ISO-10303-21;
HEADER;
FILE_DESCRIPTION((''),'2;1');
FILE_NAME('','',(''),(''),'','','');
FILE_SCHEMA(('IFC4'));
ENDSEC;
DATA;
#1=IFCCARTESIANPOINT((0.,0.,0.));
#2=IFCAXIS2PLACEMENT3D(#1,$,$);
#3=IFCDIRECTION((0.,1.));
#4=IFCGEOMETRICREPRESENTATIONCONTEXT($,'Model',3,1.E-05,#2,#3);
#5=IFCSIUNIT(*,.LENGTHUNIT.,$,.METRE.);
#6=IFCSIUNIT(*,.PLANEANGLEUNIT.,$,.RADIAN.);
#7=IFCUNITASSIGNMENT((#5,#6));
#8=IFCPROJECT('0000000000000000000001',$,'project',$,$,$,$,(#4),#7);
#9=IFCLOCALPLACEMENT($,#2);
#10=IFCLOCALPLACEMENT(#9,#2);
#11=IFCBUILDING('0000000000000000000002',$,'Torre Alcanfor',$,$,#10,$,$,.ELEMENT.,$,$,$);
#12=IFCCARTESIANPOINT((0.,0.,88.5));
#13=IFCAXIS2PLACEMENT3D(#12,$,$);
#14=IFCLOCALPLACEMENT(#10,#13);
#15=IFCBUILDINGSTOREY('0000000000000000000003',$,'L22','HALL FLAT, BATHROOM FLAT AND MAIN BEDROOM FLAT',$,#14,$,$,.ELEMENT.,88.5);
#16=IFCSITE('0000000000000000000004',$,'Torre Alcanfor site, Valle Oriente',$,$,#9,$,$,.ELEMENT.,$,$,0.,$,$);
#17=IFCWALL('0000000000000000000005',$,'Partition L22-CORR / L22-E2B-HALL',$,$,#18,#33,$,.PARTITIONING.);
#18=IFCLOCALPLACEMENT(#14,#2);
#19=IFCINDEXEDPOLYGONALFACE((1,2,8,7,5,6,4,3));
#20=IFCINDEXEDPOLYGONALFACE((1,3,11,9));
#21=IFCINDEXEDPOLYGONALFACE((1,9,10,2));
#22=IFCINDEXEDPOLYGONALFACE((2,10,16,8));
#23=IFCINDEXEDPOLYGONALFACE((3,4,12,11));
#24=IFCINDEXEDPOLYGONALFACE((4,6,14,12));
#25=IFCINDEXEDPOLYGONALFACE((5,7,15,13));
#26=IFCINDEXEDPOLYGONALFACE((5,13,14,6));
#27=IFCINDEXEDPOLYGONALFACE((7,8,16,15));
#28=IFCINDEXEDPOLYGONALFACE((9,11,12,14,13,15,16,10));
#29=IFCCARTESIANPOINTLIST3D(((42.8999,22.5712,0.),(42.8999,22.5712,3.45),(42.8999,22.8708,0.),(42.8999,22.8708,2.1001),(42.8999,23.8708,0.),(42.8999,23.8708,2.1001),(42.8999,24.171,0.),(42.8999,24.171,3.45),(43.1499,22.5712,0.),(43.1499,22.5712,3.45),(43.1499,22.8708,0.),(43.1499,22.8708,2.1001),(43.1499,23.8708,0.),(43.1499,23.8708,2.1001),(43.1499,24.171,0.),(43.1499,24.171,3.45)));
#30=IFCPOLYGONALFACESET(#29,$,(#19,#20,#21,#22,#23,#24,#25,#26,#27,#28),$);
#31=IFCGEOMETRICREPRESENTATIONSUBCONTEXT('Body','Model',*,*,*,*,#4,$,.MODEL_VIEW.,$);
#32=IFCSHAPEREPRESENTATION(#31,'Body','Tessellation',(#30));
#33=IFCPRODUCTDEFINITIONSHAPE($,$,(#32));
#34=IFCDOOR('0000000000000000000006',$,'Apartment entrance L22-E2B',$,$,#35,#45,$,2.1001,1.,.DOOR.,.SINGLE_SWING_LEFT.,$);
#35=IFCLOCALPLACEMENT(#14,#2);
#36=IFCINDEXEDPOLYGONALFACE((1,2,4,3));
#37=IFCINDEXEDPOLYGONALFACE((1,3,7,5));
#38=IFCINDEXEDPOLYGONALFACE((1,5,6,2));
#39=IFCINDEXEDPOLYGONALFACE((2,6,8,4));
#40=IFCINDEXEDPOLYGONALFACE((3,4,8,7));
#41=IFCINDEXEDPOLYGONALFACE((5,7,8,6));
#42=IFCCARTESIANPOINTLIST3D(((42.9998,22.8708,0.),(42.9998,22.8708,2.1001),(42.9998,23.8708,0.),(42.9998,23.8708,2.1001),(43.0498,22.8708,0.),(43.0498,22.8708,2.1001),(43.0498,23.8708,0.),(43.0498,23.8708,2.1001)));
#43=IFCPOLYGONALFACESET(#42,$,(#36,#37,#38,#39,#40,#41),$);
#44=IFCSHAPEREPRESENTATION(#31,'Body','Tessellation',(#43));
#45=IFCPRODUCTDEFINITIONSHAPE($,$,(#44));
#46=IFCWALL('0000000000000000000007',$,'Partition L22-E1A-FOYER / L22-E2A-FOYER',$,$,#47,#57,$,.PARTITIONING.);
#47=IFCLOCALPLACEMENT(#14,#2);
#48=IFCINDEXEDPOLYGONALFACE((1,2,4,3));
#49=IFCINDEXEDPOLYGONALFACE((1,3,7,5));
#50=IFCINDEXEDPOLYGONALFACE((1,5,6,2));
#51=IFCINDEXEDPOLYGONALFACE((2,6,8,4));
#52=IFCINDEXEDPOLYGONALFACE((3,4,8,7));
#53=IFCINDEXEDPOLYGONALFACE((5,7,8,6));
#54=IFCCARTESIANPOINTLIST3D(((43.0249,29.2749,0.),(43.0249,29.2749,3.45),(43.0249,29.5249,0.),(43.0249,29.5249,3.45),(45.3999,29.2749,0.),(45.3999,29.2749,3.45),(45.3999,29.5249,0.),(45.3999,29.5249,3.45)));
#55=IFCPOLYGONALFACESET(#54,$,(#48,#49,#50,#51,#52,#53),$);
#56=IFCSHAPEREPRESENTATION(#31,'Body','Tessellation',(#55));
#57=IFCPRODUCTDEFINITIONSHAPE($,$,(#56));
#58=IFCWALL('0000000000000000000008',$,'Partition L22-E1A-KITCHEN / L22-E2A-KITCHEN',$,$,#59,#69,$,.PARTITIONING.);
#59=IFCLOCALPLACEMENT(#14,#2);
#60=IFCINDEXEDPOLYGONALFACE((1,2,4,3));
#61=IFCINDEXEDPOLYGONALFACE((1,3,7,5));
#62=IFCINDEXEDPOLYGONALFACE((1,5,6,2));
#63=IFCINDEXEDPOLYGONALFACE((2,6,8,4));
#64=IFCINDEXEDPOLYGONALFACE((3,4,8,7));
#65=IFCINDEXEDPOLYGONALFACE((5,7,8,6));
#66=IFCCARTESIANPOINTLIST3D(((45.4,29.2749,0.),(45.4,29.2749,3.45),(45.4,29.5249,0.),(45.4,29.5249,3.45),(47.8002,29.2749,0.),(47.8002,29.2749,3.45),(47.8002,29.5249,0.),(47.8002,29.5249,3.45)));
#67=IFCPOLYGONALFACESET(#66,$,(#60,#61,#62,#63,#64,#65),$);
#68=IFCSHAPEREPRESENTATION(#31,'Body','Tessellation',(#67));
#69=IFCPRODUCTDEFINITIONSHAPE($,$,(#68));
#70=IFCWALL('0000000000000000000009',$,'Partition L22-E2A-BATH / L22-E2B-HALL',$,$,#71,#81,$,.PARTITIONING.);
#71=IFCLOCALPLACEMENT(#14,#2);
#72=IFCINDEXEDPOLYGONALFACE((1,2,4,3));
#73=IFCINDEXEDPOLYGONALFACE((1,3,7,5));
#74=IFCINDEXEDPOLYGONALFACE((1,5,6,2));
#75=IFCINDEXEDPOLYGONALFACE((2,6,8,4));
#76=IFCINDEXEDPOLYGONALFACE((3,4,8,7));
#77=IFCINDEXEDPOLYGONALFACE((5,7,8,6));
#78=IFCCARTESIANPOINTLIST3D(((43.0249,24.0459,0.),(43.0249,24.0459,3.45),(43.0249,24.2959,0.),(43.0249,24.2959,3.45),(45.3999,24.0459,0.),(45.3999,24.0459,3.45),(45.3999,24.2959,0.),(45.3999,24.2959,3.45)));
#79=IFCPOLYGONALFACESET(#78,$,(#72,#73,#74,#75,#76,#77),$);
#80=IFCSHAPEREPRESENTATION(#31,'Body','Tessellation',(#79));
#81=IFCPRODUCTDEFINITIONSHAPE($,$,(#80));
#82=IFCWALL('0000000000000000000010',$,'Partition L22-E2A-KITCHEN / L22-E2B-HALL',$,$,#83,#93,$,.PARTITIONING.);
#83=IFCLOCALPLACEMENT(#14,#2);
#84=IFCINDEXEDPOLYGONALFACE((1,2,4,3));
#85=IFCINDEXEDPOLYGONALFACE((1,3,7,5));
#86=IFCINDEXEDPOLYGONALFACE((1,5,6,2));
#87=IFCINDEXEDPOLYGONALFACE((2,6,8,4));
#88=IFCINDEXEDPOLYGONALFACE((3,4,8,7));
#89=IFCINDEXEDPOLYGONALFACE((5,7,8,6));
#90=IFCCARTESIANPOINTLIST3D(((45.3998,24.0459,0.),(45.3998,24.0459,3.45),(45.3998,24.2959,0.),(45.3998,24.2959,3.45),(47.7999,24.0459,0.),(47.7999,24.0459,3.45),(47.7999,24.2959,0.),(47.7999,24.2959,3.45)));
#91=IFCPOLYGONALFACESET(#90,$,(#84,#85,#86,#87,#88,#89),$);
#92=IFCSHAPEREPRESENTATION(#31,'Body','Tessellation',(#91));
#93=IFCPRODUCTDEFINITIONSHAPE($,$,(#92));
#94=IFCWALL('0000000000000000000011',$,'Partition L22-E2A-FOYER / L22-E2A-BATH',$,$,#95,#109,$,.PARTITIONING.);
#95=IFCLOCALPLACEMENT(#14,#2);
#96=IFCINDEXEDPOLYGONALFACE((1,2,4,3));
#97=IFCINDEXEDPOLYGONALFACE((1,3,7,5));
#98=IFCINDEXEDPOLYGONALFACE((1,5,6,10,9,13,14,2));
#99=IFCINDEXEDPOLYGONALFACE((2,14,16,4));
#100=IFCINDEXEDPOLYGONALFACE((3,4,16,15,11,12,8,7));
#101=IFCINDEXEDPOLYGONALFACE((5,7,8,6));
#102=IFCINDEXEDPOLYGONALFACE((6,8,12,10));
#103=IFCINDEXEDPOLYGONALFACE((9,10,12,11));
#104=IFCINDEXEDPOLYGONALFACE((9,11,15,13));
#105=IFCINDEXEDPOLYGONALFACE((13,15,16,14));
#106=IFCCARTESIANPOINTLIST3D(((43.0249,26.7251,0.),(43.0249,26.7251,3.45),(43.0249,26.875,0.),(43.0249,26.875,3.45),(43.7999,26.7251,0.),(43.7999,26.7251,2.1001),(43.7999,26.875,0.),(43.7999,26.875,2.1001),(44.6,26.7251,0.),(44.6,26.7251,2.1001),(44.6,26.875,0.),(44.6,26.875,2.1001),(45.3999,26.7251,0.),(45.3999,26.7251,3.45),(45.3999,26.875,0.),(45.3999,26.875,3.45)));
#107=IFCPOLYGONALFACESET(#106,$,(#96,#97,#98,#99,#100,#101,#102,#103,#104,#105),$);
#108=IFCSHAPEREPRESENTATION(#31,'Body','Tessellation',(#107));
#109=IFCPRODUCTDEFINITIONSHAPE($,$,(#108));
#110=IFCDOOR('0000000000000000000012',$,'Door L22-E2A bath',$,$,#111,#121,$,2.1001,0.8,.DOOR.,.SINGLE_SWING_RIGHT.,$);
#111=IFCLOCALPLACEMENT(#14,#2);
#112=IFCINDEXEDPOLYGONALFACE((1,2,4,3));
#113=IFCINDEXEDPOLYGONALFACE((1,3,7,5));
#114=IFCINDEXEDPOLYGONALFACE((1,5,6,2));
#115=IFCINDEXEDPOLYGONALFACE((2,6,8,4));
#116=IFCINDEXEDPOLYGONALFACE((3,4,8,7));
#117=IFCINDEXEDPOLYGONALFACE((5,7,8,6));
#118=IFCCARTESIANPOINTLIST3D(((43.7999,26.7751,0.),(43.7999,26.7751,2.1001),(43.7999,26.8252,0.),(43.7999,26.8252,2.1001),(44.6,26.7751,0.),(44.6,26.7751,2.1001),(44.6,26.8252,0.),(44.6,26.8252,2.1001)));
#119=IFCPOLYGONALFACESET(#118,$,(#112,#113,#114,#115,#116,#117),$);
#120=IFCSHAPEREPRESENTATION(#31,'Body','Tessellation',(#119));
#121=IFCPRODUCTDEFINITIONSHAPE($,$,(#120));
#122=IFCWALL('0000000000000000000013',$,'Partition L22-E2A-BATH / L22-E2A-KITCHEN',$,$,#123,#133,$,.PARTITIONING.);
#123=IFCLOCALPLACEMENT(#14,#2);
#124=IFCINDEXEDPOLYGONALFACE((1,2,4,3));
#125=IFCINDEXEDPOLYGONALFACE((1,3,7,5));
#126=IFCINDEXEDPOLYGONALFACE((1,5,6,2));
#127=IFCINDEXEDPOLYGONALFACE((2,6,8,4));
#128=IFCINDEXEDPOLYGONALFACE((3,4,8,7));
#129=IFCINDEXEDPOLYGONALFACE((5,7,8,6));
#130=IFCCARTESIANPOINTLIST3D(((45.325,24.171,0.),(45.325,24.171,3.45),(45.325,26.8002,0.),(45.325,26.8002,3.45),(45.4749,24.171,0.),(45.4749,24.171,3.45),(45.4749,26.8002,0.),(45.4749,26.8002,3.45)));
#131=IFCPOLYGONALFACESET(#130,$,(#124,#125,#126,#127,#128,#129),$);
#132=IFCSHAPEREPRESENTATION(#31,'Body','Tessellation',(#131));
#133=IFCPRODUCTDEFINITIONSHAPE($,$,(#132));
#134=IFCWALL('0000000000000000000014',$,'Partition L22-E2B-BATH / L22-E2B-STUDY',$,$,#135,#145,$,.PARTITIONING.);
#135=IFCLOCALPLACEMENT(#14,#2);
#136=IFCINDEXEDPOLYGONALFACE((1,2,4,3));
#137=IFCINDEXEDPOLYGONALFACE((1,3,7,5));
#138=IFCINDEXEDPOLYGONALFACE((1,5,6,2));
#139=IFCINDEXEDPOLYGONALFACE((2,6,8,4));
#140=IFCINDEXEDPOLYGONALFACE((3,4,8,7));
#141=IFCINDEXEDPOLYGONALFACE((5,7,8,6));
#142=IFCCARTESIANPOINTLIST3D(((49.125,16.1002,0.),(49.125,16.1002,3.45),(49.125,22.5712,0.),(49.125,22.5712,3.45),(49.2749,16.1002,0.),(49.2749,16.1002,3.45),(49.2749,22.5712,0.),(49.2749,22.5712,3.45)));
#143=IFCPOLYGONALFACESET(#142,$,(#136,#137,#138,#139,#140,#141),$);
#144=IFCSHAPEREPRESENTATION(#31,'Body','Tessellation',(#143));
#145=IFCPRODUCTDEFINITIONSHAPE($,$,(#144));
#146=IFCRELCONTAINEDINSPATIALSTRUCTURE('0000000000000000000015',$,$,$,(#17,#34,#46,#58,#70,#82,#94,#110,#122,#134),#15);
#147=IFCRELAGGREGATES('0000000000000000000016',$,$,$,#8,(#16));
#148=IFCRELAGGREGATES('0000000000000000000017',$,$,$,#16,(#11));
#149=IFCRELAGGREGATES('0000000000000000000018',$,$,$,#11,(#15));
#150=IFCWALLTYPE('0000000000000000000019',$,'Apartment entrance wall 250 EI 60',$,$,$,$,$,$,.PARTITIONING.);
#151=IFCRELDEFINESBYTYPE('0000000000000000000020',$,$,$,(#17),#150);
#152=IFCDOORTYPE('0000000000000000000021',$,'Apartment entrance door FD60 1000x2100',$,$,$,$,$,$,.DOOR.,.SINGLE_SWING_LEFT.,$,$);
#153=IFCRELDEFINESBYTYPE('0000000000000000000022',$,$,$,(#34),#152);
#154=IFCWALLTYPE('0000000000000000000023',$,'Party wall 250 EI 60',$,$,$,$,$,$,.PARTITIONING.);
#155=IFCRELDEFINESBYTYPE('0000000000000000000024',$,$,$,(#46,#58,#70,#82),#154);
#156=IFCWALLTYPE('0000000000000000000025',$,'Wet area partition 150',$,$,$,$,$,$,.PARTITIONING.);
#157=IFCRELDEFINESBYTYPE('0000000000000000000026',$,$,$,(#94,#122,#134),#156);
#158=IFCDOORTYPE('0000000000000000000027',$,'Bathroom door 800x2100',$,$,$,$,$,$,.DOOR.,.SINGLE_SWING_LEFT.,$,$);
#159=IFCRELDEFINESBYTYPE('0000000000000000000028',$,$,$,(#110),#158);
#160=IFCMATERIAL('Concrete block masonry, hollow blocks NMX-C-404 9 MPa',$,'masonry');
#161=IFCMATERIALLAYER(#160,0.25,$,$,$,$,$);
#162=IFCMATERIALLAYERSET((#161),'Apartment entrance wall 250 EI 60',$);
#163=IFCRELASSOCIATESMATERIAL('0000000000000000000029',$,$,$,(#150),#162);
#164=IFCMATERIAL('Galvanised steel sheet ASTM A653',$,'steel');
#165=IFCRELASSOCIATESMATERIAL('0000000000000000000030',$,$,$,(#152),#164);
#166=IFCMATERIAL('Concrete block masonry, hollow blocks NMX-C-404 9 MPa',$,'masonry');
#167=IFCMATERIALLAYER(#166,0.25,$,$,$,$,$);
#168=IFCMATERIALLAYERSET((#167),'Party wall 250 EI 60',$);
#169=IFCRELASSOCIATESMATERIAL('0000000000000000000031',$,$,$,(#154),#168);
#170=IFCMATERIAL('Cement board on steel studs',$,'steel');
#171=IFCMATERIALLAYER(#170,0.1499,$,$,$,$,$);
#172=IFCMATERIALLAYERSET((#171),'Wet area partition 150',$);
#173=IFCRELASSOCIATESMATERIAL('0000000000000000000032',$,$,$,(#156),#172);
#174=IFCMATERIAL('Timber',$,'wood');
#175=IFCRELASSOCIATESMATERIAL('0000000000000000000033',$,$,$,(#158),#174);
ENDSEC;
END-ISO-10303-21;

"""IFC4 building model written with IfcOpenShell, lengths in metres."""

from ifc_helpers import new_model, si_unit, direction, frame, frame_2d, origin, place, context, subcontext, project, spatial, rectangle, extrude, material, layer, layer_set, type_object, element, fill, save


model = new_model("IFC4")

# Units and contexts
model_context = context("Model", 3, precision=1e-05, world=origin(), true_north=direction((0.0, 1.0)))
body_context = subcontext(model_context, "Body", "Model", "MODEL_VIEW")
ifc_project = project(units=[si_unit("LENGTHUNIT", "METRE"), si_unit("PLANEANGLEUNIT", "RADIAN")], contexts=[model_context])

# Site, building, storey
site_placement = place(None, origin())
site = spatial("IfcSite", under=ifc_project, at=site_placement, Name="Torre Alcanfor site, Valle Oriente", CompositionType="ELEMENT", RefElevation=0.0)
building_placement = place(site_placement, origin())
building = spatial("IfcBuilding", under=site, at=building_placement, Name="Torre Alcanfor", CompositionType="ELEMENT")
storey_placement = place(building_placement, frame((0.0, 0.0, 88.5)))
storey = spatial("IfcBuildingStorey", under=building, at=storey_placement, Name="L22", Description="HALL FLAT, BATHROOM FLAT AND MAIN BEDROOM FLAT", CompositionType="ELEMENT", Elevation=88.5)

# Shared definitions
ifc_material_1 = material(Name="Concrete block masonry, hollow blocks NMX-C-404 9 MPa", Category="masonry")
ifc_layer_1 = layer(ifc_material_1, 0.25)
ifc_layer_set_1 = layer_set([ifc_layer_1], Name="Apartment entrance wall 250 EI 60")
wall_type_1 = type_object("IfcWallType", Name="Apartment entrance wall 250 EI 60", PredefinedType="PARTITIONING", material=ifc_layer_set_1)
ifc_material_2 = material(Name="Galvanised steel sheet ASTM A653", Category="steel")
door_type_1 = type_object("IfcDoorType", Name="Apartment entrance door FD60 1000x2100", OperationType="SINGLE_SWING_LEFT", PredefinedType="DOOR", material=ifc_material_2)

# Wall, opening, door
wall_1_placement = place(storey_placement, frame((43.0249, 24.1709, 0.0), z_axis=(0.0, 0.0, 1.0), x_axis=(0.0, -1.0, 0.0)))
wall_1 = element("IfcWall", 1, at=wall_1_placement, inside=storey, type_object=wall_type_1, Name="Partition L22-CORR / L22-E2B-HALL", PredefinedType="PARTITIONING", context=body_context, shape_type="SweptSolid", body=[
    extrude(rectangle(XDim=1.5999, YDim=0.25, at=frame_2d((0.7998, 0.0))), origin(), (0.0, 0.0, 1.0), 3.45),
])
opening_1_placement = place(wall_1_placement, frame((0.3, 0.0, 0.0)))
opening_1 = element("IfcOpeningElement", 2, at=opening_1_placement, cuts=wall_1, PredefinedType="OPENING", context=body_context, shape_type="SweptSolid", body=[
    extrude(rectangle(XDim=1.0, YDim=2.1001, at=frame_2d((0.5, 1.05))), frame((0.0, 0.135, 0.0), z_axis=(0.0, -1.0, 0.0), x_axis=(1.0, 0.0, 0.0)), (0.0, 0.0, 1.0), 0.27),
])
door_1_placement = place(opening_1_placement, origin())
door_1 = element("IfcDoor", 3, at=door_1_placement, inside=storey, type_object=door_type_1, Name="Apartment entrance L22-E2B", OperationType="SINGLE_SWING_LEFT", OverallHeight=2.1001, OverallWidth=1.0, PredefinedType="DOOR", context=body_context, shape_type="SweptSolid", body=[
    extrude(rectangle(XDim=1.0, YDim=2.1001, at=frame_2d((0.5, 1.05))), frame((0.0, 0.0249, 0.0), z_axis=(0.0, -1.0, 0.0), x_axis=(1.0, 0.0, 0.0)), (0.0, 0.0, 1.0), 0.05),
])
fill(opening_1, door_1)

# Walls
ifc_material_3 = material(Name="Concrete block masonry, hollow blocks NMX-C-404 9 MPa", Category="masonry")
ifc_layer_2 = layer(ifc_material_3, 0.25)
ifc_layer_set_2 = layer_set([ifc_layer_2], Name="Party wall 250 EI 60")
wall_type_2 = type_object("IfcWallType", Name="Party wall 250 EI 60", PredefinedType="PARTITIONING", material=ifc_layer_set_2)
wall_2_placement = place(storey_placement, frame((43.0249, 29.3999, 0.0), z_axis=(0.0, 0.0, 1.0), x_axis=(1.0, 0.0, 0.0)))
element("IfcWall", 4, at=wall_2_placement, inside=storey, type_object=wall_type_2, Name="Partition L22-E1A-FOYER / L22-E2A-FOYER", PredefinedType="PARTITIONING", context=body_context, shape_type="SweptSolid", body=[
    extrude(rectangle(XDim=2.375, YDim=0.25, at=frame_2d((1.1875, 0.0))), origin(), (0.0, 0.0, 1.0), 3.45),
])
wall_3_placement = place(storey_placement, frame((45.3999, 29.3999, 0.0), z_axis=(0.0, 0.0, 1.0), x_axis=(1.0, 0.0, 0.0)))
element("IfcWall", 5, at=wall_3_placement, inside=storey, type_object=wall_type_2, Name="Partition L22-E1A-KITCHEN / L22-E2A-KITCHEN", PredefinedType="PARTITIONING", context=body_context, shape_type="SweptSolid", body=[
    extrude(rectangle(XDim=2.4001, YDim=0.25, at=frame_2d((1.2002, 0.0))), origin(), (0.0, 0.0, 1.0), 3.45),
])
wall_4_placement = place(storey_placement, frame((45.3999, 24.1709, 0.0), z_axis=(0.0, 0.0, 1.0), x_axis=(-1.0, 0.0, 0.0)))
element("IfcWall", 6, at=wall_4_placement, inside=storey, type_object=wall_type_2, Name="Partition L22-E2A-BATH / L22-E2B-HALL", PredefinedType="PARTITIONING", context=body_context, shape_type="SweptSolid", body=[
    extrude(rectangle(XDim=2.375, YDim=0.25, at=frame_2d((1.1875, 0.0))), origin(), (0.0, 0.0, 1.0), 3.45),
])
wall_5_placement = place(storey_placement, frame((47.8, 24.1709, 0.0), z_axis=(0.0, 0.0, 1.0), x_axis=(-1.0, 0.0, 0.0)))
element("IfcWall", 7, at=wall_5_placement, inside=storey, type_object=wall_type_2, Name="Partition L22-E2A-KITCHEN / L22-E2B-HALL", PredefinedType="PARTITIONING", context=body_context, shape_type="SweptSolid", body=[
    extrude(rectangle(XDim=2.4001, YDim=0.25, at=frame_2d((1.2002, 0.0))), origin(), (0.0, 0.0, 1.0), 3.45),
])

# Wall, opening, door
ifc_material_4 = material(Name="Cement board on steel studs", Category="steel")
ifc_layer_3 = layer(ifc_material_4, 0.1499)
ifc_layer_set_3 = layer_set([ifc_layer_3], Name="Wet area partition 150")
wall_type_3 = type_object("IfcWallType", Name="Wet area partition 150", PredefinedType="PARTITIONING", material=ifc_layer_set_3)
wall_6_placement = place(storey_placement, frame((45.3999, 26.8, 0.0), z_axis=(0.0, 0.0, 1.0), x_axis=(-1.0, 0.0, 0.0)))
wall_6 = element("IfcWall", 8, at=wall_6_placement, inside=storey, type_object=wall_type_3, Name="Partition L22-E2A-FOYER / L22-E2A-BATH", PredefinedType="PARTITIONING", context=body_context, shape_type="SweptSolid", body=[
    extrude(rectangle(XDim=2.375, YDim=0.1499, at=frame_2d((1.1875, 0.0))), origin(), (0.0, 0.0, 1.0), 3.45),
])
opening_2_placement = place(wall_6_placement, frame((0.8, 0.0, 0.0)))
opening_2 = element("IfcOpeningElement", 9, at=opening_2_placement, cuts=wall_6, PredefinedType="OPENING", context=body_context, shape_type="SweptSolid", body=[
    extrude(rectangle(XDim=0.8, YDim=2.1001, at=frame_2d((0.3999, 1.05))), frame((0.0, 0.085, 0.0), z_axis=(0.0, -1.0, 0.0), x_axis=(1.0, 0.0, 0.0)), (0.0, 0.0, 1.0), 0.1699),
])
ifc_material_5 = material(Name="Timber", Category="wood")
door_type_2 = type_object("IfcDoorType", Name="Bathroom door 800x2100", OperationType="SINGLE_SWING_LEFT", PredefinedType="DOOR", material=ifc_material_5)
door_2_placement = place(opening_2_placement, origin())
door_2 = element("IfcDoor", 10, at=door_2_placement, inside=storey, type_object=door_type_2, Name="Door L22-E2A bath", OperationType="SINGLE_SWING_RIGHT", OverallHeight=2.1001, OverallWidth=0.8, PredefinedType="DOOR", context=body_context, shape_type="SweptSolid", body=[
    extrude(rectangle(XDim=0.8, YDim=2.1001, at=frame_2d((0.3999, 1.05))), frame((0.0, 0.0249, 0.0), z_axis=(0.0, -1.0, 0.0), x_axis=(1.0, 0.0, 0.0)), (0.0, 0.0, 1.0), 0.05),
])
fill(opening_2, door_2)

# Walls
wall_7_placement = place(storey_placement, frame((45.3999, 26.8, 0.0), z_axis=(0.0, 0.0, 1.0), x_axis=(0.0, -1.0, 0.0)))
element("IfcWall", 11, at=wall_7_placement, inside=storey, type_object=wall_type_3, Name="Partition L22-E2A-BATH / L22-E2A-KITCHEN", PredefinedType="PARTITIONING", context=body_context, shape_type="SweptSolid", body=[
    extrude(rectangle(XDim=2.6292, YDim=0.1499, at=frame_2d((1.3145, 0.0))), origin(), (0.0, 0.0, 1.0), 3.45),
])
wall_8_placement = place(storey_placement, frame((49.2, 22.571, 0.0), z_axis=(0.0, 0.0, 1.0), x_axis=(0.0, -1.0, 0.0)))
element("IfcWall", 12, at=wall_8_placement, inside=storey, type_object=wall_type_3, Name="Partition L22-E2B-BATH / L22-E2B-STUDY", PredefinedType="PARTITIONING", context=body_context, shape_type="SweptSolid", body=[
    extrude(rectangle(XDim=6.4709, YDim=0.1499, at=frame_2d((3.2354, 0.0))), origin(), (0.0, 0.0, 1.0), 3.45),
])

save(model, "model.ifc")
